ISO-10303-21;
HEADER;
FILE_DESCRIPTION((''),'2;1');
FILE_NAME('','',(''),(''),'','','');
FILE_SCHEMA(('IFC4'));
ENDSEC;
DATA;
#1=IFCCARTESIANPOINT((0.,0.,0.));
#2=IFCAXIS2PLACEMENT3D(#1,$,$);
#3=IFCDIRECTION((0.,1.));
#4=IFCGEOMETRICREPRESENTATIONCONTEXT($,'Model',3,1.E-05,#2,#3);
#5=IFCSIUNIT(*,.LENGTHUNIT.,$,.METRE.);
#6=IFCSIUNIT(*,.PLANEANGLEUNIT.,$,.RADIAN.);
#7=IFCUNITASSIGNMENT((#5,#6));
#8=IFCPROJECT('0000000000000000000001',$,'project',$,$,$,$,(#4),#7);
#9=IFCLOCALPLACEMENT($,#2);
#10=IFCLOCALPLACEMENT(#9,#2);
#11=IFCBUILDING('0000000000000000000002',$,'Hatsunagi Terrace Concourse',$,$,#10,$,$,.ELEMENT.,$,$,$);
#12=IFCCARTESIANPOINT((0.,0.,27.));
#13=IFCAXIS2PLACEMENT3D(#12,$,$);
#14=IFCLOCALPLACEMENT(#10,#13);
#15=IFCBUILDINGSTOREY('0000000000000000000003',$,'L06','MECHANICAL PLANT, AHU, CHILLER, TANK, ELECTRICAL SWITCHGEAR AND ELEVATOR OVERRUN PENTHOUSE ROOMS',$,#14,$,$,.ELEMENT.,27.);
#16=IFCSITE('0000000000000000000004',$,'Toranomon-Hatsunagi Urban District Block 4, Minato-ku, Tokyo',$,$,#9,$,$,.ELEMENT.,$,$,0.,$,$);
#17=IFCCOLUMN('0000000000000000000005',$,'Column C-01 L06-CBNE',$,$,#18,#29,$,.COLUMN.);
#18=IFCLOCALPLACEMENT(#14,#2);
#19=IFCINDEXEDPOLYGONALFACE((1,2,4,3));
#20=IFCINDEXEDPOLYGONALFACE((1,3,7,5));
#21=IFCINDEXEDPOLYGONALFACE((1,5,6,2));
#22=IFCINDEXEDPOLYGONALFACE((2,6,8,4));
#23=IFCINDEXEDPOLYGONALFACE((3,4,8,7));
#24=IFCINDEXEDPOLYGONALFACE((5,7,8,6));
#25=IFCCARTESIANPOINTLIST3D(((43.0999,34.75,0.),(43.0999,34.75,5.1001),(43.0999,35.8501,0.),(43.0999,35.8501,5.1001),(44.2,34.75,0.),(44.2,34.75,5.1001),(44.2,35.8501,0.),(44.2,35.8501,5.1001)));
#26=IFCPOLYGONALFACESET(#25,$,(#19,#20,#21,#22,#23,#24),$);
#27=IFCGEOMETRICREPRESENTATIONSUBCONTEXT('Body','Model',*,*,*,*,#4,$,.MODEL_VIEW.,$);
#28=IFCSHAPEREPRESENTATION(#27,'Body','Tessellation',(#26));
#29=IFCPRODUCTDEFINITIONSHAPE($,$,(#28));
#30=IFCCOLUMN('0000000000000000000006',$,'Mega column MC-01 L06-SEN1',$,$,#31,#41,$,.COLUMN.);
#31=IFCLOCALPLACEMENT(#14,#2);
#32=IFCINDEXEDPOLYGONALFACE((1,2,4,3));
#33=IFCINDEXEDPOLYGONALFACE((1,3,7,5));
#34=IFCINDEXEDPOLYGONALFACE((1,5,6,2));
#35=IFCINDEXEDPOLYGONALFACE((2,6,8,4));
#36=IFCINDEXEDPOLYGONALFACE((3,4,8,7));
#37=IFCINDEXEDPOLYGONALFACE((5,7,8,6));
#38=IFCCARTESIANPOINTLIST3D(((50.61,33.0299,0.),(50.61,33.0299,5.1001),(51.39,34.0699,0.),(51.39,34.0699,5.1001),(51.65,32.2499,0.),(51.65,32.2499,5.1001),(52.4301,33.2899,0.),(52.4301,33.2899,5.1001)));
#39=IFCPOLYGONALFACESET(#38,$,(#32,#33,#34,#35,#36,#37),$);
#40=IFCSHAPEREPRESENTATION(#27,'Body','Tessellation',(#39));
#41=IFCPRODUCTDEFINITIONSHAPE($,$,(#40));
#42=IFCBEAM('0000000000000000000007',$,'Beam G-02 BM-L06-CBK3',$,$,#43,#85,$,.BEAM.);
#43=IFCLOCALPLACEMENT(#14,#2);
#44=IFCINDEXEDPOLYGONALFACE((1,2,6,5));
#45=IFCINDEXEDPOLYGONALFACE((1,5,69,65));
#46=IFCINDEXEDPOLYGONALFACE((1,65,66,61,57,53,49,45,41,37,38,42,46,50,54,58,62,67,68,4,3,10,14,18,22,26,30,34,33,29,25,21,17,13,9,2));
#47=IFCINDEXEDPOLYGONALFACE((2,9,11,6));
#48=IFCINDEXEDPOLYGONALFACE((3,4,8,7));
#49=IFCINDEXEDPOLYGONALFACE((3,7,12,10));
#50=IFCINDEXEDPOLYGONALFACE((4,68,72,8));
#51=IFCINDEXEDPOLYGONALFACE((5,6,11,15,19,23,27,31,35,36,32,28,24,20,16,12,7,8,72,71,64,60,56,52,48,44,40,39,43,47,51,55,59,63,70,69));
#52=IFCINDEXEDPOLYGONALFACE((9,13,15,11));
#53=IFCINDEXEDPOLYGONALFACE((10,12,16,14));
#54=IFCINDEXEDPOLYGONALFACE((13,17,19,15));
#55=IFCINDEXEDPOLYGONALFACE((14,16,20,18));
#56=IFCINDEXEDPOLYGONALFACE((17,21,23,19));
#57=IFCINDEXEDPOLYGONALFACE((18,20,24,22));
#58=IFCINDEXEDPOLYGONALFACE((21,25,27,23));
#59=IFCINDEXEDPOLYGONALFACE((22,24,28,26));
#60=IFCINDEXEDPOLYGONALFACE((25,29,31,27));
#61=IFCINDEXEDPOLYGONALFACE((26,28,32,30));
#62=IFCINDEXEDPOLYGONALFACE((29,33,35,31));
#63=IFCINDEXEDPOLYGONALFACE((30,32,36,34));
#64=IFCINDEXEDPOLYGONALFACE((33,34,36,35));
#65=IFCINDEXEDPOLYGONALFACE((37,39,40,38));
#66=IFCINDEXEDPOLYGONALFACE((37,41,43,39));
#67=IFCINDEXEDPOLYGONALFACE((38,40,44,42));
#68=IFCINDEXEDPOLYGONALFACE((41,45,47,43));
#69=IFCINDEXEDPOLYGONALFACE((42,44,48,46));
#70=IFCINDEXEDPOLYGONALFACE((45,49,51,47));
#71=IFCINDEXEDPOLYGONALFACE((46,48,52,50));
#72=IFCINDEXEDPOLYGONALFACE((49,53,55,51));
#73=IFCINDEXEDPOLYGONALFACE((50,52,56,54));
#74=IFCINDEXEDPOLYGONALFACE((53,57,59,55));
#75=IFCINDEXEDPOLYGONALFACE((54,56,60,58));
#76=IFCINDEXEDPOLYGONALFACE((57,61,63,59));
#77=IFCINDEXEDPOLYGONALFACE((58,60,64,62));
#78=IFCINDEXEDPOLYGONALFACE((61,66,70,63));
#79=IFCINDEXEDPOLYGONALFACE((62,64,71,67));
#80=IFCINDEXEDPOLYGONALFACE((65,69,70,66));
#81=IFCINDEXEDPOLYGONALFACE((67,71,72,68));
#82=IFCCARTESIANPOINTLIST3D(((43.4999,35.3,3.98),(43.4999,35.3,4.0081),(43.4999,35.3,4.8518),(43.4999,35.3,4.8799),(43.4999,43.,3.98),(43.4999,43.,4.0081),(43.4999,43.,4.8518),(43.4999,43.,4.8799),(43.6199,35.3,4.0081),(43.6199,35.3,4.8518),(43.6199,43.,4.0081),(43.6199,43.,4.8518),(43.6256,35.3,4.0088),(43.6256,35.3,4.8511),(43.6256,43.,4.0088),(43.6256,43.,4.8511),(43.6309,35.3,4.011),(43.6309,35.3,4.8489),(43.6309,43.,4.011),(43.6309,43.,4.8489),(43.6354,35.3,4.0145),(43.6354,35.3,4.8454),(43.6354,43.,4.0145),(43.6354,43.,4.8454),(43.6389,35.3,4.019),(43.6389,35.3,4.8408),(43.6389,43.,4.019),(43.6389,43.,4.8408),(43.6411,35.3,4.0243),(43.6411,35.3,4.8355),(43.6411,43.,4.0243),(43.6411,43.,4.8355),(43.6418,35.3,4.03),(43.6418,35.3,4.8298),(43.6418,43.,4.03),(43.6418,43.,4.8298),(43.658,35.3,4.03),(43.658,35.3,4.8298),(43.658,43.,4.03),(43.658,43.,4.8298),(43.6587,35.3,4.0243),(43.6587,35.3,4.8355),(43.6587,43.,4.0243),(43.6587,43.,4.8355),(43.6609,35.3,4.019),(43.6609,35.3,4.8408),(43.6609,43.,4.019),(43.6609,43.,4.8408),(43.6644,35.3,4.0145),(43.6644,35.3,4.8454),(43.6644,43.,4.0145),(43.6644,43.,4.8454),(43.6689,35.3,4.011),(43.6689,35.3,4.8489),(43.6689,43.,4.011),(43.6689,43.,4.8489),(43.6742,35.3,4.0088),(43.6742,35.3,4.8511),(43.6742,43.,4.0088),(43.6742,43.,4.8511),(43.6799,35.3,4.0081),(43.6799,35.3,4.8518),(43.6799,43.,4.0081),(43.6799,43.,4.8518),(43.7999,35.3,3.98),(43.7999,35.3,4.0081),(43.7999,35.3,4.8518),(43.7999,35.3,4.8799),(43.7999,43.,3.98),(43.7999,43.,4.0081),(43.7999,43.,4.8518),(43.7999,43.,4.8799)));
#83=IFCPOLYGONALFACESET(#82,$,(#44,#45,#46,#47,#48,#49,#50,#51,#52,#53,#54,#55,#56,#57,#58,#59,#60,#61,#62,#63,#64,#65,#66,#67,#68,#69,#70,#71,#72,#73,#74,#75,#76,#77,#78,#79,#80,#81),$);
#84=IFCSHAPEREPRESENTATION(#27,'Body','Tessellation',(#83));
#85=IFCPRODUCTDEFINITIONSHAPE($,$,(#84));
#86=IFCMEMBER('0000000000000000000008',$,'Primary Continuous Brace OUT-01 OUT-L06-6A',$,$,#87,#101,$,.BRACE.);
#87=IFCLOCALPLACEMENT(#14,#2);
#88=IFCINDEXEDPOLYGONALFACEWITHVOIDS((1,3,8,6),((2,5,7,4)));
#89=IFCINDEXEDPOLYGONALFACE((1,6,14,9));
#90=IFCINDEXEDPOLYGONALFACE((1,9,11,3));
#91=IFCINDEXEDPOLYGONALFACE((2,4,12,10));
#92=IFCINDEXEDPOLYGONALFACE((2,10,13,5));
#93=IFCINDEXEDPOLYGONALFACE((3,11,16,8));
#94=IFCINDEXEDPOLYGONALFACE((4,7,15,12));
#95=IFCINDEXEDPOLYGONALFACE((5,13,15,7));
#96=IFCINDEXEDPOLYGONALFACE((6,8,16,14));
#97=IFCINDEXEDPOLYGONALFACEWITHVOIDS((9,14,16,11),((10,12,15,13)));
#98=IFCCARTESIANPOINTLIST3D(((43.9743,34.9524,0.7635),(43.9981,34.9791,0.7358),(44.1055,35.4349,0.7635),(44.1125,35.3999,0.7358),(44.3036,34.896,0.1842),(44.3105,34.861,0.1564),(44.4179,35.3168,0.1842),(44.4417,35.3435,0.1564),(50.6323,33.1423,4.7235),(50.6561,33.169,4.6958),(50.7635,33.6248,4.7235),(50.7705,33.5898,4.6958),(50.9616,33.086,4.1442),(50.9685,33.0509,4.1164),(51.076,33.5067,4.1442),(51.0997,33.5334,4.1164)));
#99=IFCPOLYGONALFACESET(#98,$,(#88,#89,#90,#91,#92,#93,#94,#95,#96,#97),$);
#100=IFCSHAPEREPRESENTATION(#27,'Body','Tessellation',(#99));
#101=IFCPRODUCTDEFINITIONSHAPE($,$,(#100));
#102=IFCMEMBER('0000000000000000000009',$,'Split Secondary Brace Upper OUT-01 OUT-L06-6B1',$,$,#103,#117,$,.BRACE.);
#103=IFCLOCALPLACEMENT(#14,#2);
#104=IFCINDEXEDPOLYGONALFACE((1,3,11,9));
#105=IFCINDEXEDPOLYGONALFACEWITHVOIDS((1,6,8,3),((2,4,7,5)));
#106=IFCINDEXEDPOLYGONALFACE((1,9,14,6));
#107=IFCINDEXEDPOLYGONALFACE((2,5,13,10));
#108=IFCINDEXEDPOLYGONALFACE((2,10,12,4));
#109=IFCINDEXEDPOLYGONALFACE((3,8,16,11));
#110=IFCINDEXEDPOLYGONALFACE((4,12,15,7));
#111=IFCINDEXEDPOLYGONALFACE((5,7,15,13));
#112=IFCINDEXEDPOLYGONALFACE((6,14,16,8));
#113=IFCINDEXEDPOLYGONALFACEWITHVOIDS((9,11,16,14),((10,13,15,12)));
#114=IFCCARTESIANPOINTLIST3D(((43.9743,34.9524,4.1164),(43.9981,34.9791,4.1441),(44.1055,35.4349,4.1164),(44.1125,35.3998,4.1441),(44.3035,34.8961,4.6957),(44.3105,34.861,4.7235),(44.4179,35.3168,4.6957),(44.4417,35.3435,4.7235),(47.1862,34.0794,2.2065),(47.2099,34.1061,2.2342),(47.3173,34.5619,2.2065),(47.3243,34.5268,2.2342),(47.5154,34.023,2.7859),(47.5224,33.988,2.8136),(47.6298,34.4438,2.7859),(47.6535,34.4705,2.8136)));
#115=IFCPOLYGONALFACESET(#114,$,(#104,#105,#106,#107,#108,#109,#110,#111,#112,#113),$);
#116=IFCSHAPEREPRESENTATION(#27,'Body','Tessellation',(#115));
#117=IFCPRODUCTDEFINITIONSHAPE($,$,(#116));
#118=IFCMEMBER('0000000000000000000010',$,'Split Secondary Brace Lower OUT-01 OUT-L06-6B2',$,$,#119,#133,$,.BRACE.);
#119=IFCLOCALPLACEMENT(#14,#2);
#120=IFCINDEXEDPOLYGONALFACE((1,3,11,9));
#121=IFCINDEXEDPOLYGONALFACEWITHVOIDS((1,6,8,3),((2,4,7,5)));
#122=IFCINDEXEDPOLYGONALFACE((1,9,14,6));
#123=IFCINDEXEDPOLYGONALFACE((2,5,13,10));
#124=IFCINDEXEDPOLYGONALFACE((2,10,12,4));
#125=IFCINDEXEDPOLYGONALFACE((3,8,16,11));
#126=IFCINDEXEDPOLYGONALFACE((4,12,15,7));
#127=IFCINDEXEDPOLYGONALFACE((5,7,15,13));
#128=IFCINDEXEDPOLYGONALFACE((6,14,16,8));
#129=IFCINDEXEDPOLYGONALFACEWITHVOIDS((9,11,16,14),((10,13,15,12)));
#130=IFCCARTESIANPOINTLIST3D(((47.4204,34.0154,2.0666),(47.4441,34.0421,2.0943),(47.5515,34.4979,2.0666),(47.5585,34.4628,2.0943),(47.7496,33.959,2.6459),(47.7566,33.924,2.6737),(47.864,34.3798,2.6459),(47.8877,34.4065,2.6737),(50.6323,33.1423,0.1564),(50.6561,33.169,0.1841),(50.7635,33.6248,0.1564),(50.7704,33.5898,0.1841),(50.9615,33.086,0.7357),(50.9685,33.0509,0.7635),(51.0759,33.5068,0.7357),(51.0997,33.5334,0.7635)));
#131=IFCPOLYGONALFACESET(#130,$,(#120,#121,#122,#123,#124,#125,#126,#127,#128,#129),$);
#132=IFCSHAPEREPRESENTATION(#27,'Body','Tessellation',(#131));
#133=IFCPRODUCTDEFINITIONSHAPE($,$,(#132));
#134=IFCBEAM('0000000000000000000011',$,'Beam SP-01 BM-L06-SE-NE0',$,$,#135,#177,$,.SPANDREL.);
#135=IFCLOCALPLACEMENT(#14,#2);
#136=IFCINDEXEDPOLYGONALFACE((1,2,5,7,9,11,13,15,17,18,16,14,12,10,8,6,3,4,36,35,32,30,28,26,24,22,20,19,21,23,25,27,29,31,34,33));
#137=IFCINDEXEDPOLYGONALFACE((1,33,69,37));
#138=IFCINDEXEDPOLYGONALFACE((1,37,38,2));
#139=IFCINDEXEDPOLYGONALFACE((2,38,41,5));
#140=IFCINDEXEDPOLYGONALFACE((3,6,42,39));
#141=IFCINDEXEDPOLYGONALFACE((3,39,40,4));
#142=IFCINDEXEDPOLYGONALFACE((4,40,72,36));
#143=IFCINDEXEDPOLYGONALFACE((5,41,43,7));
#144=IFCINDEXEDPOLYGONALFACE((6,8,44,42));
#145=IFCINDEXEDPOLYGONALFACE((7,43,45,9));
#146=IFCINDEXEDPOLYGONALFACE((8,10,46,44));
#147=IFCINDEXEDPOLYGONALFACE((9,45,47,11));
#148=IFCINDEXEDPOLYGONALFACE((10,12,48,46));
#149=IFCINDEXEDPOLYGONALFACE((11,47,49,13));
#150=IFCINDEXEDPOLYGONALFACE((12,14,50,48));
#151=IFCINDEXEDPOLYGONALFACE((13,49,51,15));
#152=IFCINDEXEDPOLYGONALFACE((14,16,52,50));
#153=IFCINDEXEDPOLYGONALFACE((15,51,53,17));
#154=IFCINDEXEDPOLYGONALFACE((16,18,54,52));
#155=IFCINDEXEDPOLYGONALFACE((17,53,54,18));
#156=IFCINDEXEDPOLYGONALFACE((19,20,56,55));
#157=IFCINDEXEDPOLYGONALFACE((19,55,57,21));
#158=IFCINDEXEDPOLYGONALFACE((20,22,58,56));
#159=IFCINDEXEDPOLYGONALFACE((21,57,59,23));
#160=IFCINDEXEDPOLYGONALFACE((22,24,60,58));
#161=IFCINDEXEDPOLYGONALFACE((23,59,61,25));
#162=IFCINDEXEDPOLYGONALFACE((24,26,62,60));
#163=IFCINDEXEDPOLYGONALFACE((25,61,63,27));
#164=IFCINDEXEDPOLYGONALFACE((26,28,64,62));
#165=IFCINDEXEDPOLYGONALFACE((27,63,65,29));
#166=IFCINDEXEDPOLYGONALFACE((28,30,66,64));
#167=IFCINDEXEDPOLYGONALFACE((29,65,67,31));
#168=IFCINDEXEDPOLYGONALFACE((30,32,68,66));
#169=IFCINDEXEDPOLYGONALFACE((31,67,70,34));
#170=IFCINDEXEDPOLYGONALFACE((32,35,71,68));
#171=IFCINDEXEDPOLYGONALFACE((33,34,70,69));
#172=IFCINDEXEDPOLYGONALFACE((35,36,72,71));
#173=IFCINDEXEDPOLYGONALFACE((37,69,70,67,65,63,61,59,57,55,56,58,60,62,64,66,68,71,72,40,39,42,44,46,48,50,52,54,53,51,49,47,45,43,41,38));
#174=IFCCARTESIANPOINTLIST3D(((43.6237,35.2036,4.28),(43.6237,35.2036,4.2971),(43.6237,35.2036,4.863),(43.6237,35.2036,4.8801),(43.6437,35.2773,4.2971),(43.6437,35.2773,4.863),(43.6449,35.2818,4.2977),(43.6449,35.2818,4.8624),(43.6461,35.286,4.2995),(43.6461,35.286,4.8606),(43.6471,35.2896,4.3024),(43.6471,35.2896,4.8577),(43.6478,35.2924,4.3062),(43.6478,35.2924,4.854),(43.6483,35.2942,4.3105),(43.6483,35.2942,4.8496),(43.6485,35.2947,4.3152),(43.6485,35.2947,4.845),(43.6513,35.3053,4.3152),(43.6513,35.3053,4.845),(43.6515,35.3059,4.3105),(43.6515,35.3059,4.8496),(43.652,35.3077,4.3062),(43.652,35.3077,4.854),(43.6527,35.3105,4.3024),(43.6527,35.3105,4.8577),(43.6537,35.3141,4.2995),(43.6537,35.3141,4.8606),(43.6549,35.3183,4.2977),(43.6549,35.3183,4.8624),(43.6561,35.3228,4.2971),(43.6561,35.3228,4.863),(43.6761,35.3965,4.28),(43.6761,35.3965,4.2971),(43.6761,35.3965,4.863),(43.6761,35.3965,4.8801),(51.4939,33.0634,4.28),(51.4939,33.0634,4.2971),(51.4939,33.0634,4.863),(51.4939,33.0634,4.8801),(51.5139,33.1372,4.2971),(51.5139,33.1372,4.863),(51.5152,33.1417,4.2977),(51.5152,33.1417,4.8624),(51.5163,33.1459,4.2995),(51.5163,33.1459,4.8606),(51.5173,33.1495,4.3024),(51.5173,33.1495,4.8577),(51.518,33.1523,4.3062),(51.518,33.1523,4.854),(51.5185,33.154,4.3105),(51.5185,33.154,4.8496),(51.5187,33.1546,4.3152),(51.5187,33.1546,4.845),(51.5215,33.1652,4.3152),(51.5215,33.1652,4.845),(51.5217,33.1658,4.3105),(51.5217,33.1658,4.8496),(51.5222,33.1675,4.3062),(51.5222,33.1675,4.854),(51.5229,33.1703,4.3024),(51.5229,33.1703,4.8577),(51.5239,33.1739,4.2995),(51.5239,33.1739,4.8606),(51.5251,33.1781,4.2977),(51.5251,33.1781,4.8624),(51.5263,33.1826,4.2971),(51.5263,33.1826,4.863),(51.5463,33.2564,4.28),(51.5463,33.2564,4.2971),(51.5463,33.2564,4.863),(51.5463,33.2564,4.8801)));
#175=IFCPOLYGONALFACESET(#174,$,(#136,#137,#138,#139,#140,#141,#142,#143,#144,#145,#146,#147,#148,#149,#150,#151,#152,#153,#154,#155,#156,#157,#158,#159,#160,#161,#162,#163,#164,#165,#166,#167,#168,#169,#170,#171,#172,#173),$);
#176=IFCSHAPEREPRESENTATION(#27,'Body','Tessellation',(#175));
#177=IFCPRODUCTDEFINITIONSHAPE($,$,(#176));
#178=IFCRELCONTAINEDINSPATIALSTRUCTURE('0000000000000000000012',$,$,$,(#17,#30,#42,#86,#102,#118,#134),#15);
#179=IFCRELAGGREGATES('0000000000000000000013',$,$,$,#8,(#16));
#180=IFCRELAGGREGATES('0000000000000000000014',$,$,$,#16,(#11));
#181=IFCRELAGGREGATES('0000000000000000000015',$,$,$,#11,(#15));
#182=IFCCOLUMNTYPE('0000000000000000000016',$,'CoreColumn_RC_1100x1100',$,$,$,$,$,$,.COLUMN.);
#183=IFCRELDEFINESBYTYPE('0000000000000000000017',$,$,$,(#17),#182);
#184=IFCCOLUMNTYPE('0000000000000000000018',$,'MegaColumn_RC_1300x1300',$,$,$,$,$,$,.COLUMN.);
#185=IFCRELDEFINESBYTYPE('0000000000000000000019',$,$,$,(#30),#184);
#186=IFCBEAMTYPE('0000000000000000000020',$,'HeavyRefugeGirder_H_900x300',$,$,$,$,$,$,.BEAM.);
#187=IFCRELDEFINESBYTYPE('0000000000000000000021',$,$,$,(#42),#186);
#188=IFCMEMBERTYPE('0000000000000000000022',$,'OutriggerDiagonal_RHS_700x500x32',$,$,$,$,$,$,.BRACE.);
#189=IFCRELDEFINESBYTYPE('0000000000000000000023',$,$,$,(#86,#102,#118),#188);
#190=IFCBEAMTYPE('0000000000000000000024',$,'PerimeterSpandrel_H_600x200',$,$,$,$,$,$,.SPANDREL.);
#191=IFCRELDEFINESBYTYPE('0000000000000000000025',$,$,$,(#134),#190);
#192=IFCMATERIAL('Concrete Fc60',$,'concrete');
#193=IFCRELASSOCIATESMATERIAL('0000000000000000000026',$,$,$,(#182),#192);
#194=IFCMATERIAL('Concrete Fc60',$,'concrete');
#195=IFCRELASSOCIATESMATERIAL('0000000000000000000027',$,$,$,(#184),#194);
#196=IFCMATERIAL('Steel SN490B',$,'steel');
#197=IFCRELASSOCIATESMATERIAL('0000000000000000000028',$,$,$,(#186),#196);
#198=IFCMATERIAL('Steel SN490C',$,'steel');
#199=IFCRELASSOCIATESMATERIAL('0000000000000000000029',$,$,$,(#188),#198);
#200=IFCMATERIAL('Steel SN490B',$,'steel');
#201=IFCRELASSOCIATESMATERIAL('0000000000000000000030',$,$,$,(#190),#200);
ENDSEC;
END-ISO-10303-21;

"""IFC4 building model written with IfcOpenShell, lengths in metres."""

from ifc_helpers import new_model, si_unit, direction, frame, origin, origin_2d, place, context, subcontext, project, spatial, rectangle, hollow_rectangle, i_section, extrude, material, material_profile, profile_set, type_object, element, save


model = new_model("IFC4")

# Units and contexts
model_context = context("Model", 3, precision=1e-05, world=origin(), true_north=direction((0.0, 1.0)))
body_context = subcontext(model_context, "Body", "Model", "MODEL_VIEW")
ifc_project = project(units=[si_unit("LENGTHUNIT", "METRE"), si_unit("PLANEANGLEUNIT", "RADIAN")], contexts=[model_context])

# Site, building, storey
site_placement = place(None, origin())
site = spatial("IfcSite", under=ifc_project, at=site_placement, Name="Toranomon-Hatsunagi Urban District Block 4, Minato-ku, Tokyo", CompositionType="ELEMENT", RefElevation=0.0)
building_placement = place(site_placement, origin())
building = spatial("IfcBuilding", under=site, at=building_placement, Name="Hatsunagi Terrace Concourse", CompositionType="ELEMENT")
storey_placement = place(building_placement, frame((0.0, 0.0, 27.0)))
storey = spatial("IfcBuildingStorey", under=building, at=storey_placement, Name="L06", Description="MECHANICAL PLANT, AHU, CHILLER, TANK, ELECTRICAL SWITCHGEAR AND ELEVATOR OVERRUN PENTHOUSE ROOMS", CompositionType="ELEMENT", Elevation=27.0)

# Columns
ifc_material_1 = material(Name="Concrete Fc60", Category="concrete")
ifc_material_profile_1 = material_profile(ifc_material_1, rectangle(XDim=1.1001, YDim=1.1001, at=origin_2d()), Name="RC-1100x1100")
ifc_profile_set_1 = profile_set([ifc_material_profile_1], Name="Concrete Fc60")
column_type_1 = type_object("IfcColumnType", Name="CoreColumn_RC_1100x1100", PredefinedType="COLUMN", material=ifc_profile_set_1)
column_1_placement = place(storey_placement, frame((43.6499, 35.3, 0.0), z_axis=(0.0, 0.0, 1.0), x_axis=(1.0, 0.0, 0.0)))
element("IfcColumn", 1, at=column_1_placement, inside=storey, type_object=column_type_1, Name="Column C-01 L06-CBNE", PredefinedType="COLUMN", context=body_context, shape_type="SweptSolid", body=[
    extrude(rectangle(XDim=1.1001, YDim=1.1001, at=origin_2d()), origin(), (0.0, 0.0, 1.0), 5.1001),
])
ifc_material_2 = material(Name="Concrete Fc60", Category="concrete")
ifc_material_profile_2 = material_profile(ifc_material_2, rectangle(XDim=1.3, YDim=1.3, at=origin_2d()), Name="RC-1300x1300")
ifc_profile_set_2 = profile_set([ifc_material_profile_2], Name="Concrete Fc60")
column_type_2 = type_object("IfcColumnType", Name="MegaColumn_RC_1300x1300", PredefinedType="COLUMN", material=ifc_profile_set_2)
column_2_placement = place(storey_placement, frame((51.52, 33.1599, 0.0), z_axis=(0.0, 0.0, 1.0), x_axis=(0.8, -0.6, 0.0)))
element("IfcColumn", 2, at=column_2_placement, inside=storey, type_object=column_type_2, Name="Mega column MC-01 L06-SEN1", PredefinedType="COLUMN", context=body_context, shape_type="SweptSolid", body=[
    extrude(rectangle(XDim=1.3, YDim=1.3, at=origin_2d()), origin(), (0.0, 0.0, 1.0), 5.1001),
])

# Beam
ifc_material_3 = material(Name="Steel SN490B", Category="steel")
ifc_material_profile_3 = material_profile(ifc_material_3, i_section(OverallWidth=0.3, OverallDepth=0.8999, WebThickness=0.0161, FlangeThickness=0.0281, FilletRadius=0.022, at=origin_2d()), Name="H-900x300x16x28")
ifc_profile_set_3 = profile_set([ifc_material_profile_3], Name="Steel SN490B")
beam_type_1 = type_object("IfcBeamType", Name="HeavyRefugeGirder_H_900x300", PredefinedType="BEAM", material=ifc_profile_set_3)
beam_1_placement = place(storey_placement, frame((43.6499, 35.3, 4.4299), z_axis=(0.0, 1.0, 0.0), x_axis=(-1.0, 0.0, 0.0)))
element("IfcBeam", 3, at=beam_1_placement, inside=storey, type_object=beam_type_1, Name="Beam G-02 BM-L06-CBK3", PredefinedType="BEAM", context=body_context, shape_type="SweptSolid", body=[
    extrude(i_section(OverallWidth=0.3, OverallDepth=0.8999, WebThickness=0.0161, FlangeThickness=0.0281, FilletRadius=0.022, at=origin_2d()), origin(), (0.0, 0.0, 1.0), 7.7),
])

# Members
ifc_material_4 = material(Name="Steel SN490C", Category="steel")
ifc_material_profile_4 = material_profile(ifc_material_4, hollow_rectangle(XDim=0.5, YDim=0.7, WallThickness=0.032, at=origin_2d()), Name="RHS-700x500x32")
ifc_profile_set_4 = profile_set([ifc_material_profile_4], Name="Steel SN490C")
member_type = type_object("IfcMemberType", Name="OutriggerDiagonal_RHS_700x500x32", PredefinedType="BRACE", material=ifc_profile_set_4)
member_1_placement = place(storey_placement, frame((44.208, 35.1479, 0.46), z_axis=(0.836926, -0.22753, 0.49778), x_axis=(0.262342, 0.964975, 0.0)))
element("IfcMember", 4, at=member_1_placement, inside=storey, type_object=member_type, Name="Primary Continuous Brace OUT-01 OUT-L06-6A", PredefinedType="BRACE", context=body_context, shape_type="SweptSolid", body=[
    extrude(hollow_rectangle(XDim=0.5, YDim=0.7, WallThickness=0.032, at=origin_2d()), origin(), (0.0, 0.0, 1.0), 7.9553),
])
member_2_placement = place(storey_placement, frame((44.208, 35.1479, 4.4199), z_axis=(0.836982, -0.227504, -0.497698), x_axis=(0.262298, 0.964987, 0.0)))
element("IfcMember", 5, at=member_2_placement, inside=storey, type_object=member_type, Name="Split Secondary Brace Upper OUT-01 OUT-L06-6B1", PredefinedType="BRACE", context=body_context, shape_type="SweptSolid", body=[
    extrude(hollow_rectangle(XDim=0.5, YDim=0.7, WallThickness=0.032, at=origin_2d()), origin(), (0.0, 0.0, 1.0), 3.8374),
])
member_3_placement = place(storey_placement, frame((47.6541, 34.2109, 2.3701), z_axis=(0.836955, -0.227497, -0.497745), x_axis=(0.262298, 0.964987, 0.0)))
element("IfcMember", 6, at=member_3_placement, inside=storey, type_object=member_type, Name="Split Secondary Brace Lower OUT-01 OUT-L06-6B2", PredefinedType="BRACE", context=body_context, shape_type="SweptSolid", body=[
    extrude(hollow_rectangle(XDim=0.5, YDim=0.7, WallThickness=0.032, at=origin_2d()), origin(), (0.0, 0.0, 1.0), 3.8376),
])

# Beam
ifc_material_5 = material(Name="Steel SN490B", Category="steel")
ifc_material_profile_5 = material_profile(ifc_material_5, i_section(OverallWidth=0.2, OverallDepth=0.6001, WebThickness=0.011, FlangeThickness=0.0171, FilletRadius=0.0181, at=origin_2d()), Name="H-600x200x11x17")
ifc_profile_set_5 = profile_set([ifc_material_profile_5], Name="Steel SN490B")
beam_type_2 = type_object("IfcBeamType", Name="PerimeterSpandrel_H_600x200", PredefinedType="SPANDREL", material=ifc_profile_set_5)
beam_2_placement = place(storey_placement, frame((43.6499, 35.3, 4.5801), z_axis=(0.964958, -0.262403, 0.0), x_axis=(0.262403, 0.964958, 0.0)))
element("IfcBeam", 7, at=beam_2_placement, inside=storey, type_object=beam_type_2, Name="Beam SP-01 BM-L06-SE-NE0", PredefinedType="SPANDREL", context=body_context, shape_type="SweptSolid", body=[
    extrude(i_section(OverallWidth=0.2, OverallDepth=0.6001, WebThickness=0.011, FlangeThickness=0.0171, FilletRadius=0.0181, at=origin_2d()), origin(), (0.0, 0.0, 1.0), 8.156),
])

save(model, "model.ifc")
